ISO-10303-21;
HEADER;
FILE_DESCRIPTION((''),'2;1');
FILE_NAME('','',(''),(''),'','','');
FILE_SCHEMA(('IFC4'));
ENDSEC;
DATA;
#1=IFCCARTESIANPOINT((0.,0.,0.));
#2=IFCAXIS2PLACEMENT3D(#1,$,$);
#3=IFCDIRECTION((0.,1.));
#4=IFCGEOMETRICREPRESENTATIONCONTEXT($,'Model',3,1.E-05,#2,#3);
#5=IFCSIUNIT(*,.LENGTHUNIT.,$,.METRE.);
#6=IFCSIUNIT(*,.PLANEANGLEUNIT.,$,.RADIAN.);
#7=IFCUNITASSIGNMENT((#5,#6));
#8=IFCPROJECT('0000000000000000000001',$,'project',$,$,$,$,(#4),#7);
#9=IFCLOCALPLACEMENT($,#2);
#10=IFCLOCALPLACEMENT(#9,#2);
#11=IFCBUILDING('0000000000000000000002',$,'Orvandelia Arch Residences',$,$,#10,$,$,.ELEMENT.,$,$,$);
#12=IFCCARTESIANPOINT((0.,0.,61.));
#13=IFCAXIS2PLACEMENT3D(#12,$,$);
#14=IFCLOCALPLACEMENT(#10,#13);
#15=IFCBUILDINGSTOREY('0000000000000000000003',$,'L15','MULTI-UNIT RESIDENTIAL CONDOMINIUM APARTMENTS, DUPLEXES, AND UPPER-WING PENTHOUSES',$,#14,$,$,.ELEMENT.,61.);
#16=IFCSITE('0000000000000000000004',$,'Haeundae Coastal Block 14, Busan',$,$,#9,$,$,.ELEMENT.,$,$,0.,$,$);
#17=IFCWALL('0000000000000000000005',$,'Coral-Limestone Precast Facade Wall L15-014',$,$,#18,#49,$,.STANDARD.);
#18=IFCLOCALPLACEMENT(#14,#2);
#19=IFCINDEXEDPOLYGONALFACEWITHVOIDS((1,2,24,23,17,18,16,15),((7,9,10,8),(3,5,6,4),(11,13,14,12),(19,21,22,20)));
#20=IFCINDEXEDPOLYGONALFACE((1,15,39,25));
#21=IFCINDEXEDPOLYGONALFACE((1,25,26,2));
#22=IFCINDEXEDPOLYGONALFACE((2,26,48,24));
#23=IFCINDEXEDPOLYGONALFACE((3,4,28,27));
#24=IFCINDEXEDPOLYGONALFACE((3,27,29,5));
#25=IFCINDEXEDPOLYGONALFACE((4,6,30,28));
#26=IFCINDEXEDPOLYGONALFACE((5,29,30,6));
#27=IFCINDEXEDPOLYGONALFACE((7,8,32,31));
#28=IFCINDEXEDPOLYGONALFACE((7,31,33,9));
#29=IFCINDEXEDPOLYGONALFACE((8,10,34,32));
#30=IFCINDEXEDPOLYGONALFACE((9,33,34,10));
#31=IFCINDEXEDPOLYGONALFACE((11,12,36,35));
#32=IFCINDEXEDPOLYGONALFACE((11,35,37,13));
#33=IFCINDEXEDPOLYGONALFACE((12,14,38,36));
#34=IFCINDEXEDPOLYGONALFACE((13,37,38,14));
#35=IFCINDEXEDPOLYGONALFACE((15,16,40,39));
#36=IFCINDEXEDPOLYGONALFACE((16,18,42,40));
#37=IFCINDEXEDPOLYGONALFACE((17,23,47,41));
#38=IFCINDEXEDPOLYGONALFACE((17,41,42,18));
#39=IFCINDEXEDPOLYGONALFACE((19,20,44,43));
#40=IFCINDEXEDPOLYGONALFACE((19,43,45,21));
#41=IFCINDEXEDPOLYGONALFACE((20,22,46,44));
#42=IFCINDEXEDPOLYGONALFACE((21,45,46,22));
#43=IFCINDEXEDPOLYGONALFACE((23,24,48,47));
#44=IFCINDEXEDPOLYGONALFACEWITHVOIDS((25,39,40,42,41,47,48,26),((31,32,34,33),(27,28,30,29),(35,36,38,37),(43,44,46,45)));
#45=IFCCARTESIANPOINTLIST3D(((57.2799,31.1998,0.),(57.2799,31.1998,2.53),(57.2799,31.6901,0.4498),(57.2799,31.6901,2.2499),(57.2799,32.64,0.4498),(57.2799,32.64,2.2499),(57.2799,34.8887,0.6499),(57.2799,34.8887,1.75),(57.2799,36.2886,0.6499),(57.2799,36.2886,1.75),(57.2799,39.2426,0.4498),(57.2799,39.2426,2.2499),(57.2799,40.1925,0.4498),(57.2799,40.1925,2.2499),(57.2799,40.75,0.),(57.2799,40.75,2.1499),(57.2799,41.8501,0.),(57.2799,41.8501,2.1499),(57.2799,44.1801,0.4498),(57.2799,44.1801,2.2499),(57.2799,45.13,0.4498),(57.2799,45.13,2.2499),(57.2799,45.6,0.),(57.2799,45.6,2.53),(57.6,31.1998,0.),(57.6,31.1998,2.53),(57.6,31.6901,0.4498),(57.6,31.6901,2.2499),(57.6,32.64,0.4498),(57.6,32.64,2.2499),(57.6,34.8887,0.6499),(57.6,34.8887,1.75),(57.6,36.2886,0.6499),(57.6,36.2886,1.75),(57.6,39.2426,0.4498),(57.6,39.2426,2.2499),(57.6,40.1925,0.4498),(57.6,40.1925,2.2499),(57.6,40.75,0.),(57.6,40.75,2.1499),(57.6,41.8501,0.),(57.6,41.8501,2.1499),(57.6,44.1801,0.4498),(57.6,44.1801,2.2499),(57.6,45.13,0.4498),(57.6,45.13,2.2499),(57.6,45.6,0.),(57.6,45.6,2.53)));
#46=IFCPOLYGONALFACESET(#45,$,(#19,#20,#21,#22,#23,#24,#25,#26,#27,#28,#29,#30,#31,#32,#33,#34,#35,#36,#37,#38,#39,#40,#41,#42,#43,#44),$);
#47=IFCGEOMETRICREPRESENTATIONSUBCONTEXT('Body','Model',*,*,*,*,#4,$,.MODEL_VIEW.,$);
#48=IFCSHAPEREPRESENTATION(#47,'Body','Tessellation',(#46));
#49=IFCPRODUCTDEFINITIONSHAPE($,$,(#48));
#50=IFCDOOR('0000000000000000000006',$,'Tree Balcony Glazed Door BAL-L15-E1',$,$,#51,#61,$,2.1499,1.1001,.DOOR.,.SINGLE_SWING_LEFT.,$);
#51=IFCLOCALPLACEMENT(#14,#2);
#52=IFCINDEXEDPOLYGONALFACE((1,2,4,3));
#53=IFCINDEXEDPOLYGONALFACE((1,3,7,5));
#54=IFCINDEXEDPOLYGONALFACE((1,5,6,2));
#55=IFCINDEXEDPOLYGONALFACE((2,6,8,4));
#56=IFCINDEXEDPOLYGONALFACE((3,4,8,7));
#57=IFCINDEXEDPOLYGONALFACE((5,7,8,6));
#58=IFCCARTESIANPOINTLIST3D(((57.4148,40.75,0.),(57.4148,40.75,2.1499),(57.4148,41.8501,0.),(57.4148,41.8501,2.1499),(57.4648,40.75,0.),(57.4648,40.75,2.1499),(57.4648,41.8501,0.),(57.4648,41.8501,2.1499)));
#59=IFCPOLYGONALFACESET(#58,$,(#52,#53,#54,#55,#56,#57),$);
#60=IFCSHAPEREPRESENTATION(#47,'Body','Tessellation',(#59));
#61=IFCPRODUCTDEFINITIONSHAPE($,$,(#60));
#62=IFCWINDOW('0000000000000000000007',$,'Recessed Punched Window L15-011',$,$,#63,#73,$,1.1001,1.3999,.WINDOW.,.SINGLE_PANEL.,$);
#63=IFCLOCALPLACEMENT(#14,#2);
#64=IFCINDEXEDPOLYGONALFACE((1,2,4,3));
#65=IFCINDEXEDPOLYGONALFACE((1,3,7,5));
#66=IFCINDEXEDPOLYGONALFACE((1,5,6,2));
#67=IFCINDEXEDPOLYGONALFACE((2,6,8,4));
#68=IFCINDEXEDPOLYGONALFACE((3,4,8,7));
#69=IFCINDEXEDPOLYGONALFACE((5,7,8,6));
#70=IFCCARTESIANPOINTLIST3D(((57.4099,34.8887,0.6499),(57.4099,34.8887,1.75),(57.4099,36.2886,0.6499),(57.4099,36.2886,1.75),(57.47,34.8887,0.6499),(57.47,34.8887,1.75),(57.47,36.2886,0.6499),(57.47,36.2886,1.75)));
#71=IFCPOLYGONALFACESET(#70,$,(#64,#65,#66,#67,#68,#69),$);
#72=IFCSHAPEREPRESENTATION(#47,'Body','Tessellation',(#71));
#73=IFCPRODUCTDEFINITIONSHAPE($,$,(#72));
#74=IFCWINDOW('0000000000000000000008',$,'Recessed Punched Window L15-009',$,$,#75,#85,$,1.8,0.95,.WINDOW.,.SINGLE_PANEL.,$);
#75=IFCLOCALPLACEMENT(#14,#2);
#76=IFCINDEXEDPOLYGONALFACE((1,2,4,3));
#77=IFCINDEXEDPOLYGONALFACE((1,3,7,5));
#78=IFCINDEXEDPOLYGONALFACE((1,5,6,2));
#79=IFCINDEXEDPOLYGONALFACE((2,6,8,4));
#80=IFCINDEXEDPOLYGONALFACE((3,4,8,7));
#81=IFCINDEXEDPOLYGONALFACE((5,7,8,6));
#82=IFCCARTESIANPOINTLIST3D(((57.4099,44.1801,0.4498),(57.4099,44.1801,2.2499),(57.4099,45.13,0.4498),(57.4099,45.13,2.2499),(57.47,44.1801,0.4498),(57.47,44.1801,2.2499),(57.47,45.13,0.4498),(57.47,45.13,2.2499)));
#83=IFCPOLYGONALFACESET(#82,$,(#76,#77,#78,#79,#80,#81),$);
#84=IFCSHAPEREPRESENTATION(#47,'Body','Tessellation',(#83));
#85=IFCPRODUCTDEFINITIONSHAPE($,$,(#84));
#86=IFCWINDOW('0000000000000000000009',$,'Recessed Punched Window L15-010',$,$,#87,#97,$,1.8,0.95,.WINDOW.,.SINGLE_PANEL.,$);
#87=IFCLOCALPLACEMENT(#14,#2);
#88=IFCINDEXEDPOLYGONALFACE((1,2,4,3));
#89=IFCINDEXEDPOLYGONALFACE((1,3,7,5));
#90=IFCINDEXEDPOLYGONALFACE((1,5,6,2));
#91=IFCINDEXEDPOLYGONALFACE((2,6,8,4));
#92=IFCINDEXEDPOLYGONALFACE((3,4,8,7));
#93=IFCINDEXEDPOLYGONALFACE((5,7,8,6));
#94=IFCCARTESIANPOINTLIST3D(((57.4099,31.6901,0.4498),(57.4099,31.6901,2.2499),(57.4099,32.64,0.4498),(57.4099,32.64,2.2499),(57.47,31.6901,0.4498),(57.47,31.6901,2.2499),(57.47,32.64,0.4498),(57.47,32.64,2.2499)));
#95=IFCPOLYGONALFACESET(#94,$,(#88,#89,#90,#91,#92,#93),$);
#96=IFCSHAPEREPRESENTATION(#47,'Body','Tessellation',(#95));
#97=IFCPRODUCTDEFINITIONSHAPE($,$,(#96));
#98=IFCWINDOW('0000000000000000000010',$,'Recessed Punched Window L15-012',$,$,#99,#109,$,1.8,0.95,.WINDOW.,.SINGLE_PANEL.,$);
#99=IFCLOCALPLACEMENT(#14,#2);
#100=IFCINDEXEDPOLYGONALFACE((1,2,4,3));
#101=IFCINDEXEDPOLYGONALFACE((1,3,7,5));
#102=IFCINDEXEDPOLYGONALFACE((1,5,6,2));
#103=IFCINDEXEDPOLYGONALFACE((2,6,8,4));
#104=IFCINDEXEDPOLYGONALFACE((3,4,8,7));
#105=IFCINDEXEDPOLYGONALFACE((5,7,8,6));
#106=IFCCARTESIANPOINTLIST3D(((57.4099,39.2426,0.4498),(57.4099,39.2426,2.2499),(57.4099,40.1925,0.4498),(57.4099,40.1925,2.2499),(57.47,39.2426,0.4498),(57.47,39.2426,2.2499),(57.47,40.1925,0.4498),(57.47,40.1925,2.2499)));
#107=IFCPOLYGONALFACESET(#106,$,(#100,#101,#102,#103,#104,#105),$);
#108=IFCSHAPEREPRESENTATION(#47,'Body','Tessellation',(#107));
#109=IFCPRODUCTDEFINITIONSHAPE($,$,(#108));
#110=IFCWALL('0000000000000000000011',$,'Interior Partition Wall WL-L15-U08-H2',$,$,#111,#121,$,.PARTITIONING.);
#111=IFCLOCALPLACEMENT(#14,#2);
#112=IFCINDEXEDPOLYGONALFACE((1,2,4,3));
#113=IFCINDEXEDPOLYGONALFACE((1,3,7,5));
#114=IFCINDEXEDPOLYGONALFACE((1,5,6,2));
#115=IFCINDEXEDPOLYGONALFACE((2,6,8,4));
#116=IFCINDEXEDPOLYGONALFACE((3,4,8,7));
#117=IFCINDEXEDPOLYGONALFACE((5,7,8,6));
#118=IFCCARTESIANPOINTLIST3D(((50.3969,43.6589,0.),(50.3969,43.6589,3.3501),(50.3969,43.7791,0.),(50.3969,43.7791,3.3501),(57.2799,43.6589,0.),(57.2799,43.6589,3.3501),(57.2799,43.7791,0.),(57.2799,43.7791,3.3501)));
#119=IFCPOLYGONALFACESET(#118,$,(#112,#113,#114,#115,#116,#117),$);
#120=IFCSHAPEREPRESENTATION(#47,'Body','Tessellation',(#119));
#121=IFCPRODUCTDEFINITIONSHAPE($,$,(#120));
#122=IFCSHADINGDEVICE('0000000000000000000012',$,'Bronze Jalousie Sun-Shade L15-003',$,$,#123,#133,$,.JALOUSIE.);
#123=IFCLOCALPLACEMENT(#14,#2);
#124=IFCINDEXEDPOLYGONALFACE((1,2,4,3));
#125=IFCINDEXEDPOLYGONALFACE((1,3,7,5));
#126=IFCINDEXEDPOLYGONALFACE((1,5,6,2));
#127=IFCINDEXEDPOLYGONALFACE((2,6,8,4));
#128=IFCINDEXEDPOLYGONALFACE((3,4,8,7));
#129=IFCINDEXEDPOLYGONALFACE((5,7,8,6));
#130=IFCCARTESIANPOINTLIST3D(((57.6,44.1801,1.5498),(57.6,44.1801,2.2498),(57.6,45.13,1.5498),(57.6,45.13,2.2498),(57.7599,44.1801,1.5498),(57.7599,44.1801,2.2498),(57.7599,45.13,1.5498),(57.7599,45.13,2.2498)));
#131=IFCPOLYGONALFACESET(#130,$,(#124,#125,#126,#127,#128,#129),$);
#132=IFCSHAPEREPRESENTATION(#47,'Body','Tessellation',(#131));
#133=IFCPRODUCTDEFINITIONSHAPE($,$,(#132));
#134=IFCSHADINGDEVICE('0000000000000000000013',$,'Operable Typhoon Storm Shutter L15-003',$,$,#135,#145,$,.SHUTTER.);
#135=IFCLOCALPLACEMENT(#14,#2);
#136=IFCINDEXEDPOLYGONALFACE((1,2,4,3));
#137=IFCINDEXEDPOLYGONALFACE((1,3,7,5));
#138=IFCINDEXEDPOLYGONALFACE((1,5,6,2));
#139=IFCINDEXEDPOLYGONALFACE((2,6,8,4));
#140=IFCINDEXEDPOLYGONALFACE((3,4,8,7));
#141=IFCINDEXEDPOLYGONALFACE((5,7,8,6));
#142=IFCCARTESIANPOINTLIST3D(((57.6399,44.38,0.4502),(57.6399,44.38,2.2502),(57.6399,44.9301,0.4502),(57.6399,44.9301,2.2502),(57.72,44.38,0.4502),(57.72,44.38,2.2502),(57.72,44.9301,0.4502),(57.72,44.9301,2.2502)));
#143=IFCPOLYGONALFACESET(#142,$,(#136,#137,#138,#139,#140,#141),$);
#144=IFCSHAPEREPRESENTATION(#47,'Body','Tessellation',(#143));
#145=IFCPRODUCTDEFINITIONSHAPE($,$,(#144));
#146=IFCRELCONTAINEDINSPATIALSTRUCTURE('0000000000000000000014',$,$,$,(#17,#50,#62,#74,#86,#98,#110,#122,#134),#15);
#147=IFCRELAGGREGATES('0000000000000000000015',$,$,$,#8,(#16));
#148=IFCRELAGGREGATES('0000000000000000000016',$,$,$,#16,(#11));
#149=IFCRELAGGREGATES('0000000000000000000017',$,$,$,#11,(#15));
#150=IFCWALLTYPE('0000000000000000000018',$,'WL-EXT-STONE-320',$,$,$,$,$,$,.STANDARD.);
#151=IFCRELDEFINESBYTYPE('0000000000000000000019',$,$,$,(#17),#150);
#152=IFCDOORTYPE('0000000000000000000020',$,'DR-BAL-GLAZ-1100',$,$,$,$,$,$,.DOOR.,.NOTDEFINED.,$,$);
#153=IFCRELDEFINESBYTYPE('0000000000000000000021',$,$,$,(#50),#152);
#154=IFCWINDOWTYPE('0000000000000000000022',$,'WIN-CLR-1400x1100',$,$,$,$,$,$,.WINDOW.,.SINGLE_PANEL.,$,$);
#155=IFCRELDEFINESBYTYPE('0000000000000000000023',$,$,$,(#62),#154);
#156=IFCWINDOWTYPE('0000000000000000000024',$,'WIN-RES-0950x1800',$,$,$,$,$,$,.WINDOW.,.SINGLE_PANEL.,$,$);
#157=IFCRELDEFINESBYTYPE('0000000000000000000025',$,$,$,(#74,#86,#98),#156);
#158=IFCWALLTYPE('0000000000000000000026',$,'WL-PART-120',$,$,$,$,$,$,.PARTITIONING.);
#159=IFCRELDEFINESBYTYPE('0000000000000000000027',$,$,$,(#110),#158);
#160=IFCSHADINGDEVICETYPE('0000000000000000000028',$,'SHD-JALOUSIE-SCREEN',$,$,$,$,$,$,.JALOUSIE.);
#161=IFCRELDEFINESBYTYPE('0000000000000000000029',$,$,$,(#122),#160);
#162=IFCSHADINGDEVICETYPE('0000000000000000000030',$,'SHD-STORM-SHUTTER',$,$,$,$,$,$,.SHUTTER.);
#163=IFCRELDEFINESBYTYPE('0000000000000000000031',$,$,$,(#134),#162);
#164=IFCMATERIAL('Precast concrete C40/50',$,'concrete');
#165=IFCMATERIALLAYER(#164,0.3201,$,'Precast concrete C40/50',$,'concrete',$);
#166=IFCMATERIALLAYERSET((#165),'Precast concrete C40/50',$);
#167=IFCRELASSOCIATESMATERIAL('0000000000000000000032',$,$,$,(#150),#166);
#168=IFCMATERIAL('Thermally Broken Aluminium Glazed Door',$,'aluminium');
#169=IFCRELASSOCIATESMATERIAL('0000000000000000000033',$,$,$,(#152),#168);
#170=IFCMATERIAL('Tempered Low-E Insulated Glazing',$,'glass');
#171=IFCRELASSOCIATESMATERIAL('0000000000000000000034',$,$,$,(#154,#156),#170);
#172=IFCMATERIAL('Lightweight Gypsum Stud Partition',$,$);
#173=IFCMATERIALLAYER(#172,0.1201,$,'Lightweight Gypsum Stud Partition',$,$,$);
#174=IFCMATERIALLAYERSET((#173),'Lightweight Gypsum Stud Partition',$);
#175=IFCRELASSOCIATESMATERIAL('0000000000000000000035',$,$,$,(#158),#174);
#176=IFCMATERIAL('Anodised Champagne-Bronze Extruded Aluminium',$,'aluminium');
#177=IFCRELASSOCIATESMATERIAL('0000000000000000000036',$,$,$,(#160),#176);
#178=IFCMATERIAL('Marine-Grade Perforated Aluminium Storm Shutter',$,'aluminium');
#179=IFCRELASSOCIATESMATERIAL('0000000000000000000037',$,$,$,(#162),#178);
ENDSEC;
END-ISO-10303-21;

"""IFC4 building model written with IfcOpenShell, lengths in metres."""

from ifc_helpers import new_model, si_unit, direction, frame, frame_2d, origin, origin_2d, place, context, subcontext, project, spatial, rectangle, extrude, material, layer, layer_set, type_object, element, fill, save


model = new_model("IFC4")

# Units and contexts
model_context = context("Model", 3, precision=1e-05, world=origin(), true_north=direction((0.0, 1.0)))
body_context = subcontext(model_context, "Body", "Model", "MODEL_VIEW")
ifc_project = project(units=[si_unit("LENGTHUNIT", "METRE"), si_unit("PLANEANGLEUNIT", "RADIAN")], contexts=[model_context])

# Site, building, storey
site_placement = place(None, origin())
site = spatial("IfcSite", under=ifc_project, at=site_placement, Name="Haeundae Coastal Block 14, Busan", CompositionType="ELEMENT", RefElevation=0.0)
building_placement = place(site_placement, origin())
building = spatial("IfcBuilding", under=site, at=building_placement, Name="Orvandelia Arch Residences", CompositionType="ELEMENT")
storey_placement = place(building_placement, frame((0.0, 0.0, 61.0)))
storey = spatial("IfcBuildingStorey", under=building, at=storey_placement, Name="L15", Description="MULTI-UNIT RESIDENTIAL CONDOMINIUM APARTMENTS, DUPLEXES, AND UPPER-WING PENTHOUSES", CompositionType="ELEMENT", Elevation=61.0)

# Shared definitions
ifc_material_1 = material(Name="Precast concrete C40/50", Category="concrete")
ifc_layer_1 = layer(ifc_material_1, 0.3201, Name="Precast concrete C40/50", Category="concrete")
ifc_layer_set_1 = layer_set([ifc_layer_1], Name="Precast concrete C40/50")
wall_type_1 = type_object("IfcWallType", Name="WL-EXT-STONE-320", PredefinedType="STANDARD", material=ifc_layer_set_1)

# Wall, openings, door, windows
wall_1_placement = place(storey_placement, frame((57.4399, 45.6001, 0.0), z_axis=(0.0, 0.0, 1.0), x_axis=(0.0, -1.0, 0.0)))
wall_1 = element("IfcWall", 1, at=wall_1_placement, inside=storey, type_object=wall_type_1, Name="Coral-Limestone Precast Facade Wall L15-014", PredefinedType="STANDARD", context=body_context, shape_type="SweptSolid", body=[
    extrude(rectangle(XDim=14.4001, YDim=0.3201, at=frame_2d((7.2002, 0.0))), origin(), (0.0, 0.0, 1.0), 2.53),
])
opening_1_placement = place(wall_1_placement, frame((3.75, 0.0, 0.0)))
opening_1 = element("IfcOpeningElement", 2, at=opening_1_placement, cuts=wall_1, PredefinedType="OPENING", context=body_context, shape_type="SweptSolid", body=[
    extrude(rectangle(XDim=1.1001, YDim=2.1499, at=frame_2d((0.55, 1.075))), frame((0.0, 0.1699, 0.0), z_axis=(0.0, -1.0, 0.0), x_axis=(1.0, 0.0, 0.0)), (0.0, 0.0, 1.0), 0.3401),
])
opening_2_placement = place(wall_1_placement, frame((0.47, 0.0, 0.45)))
opening_2 = element("IfcOpeningElement", 3, at=opening_2_placement, cuts=wall_1, PredefinedType="OPENING", context=body_context, shape_type="SweptSolid", body=[
    extrude(rectangle(XDim=0.95, YDim=1.8, at=frame_2d((0.4751, 0.8999))), frame((0.0, 0.1699, 0.0), z_axis=(0.0, -1.0, 0.0), x_axis=(1.0, 0.0, 0.0)), (0.0, 0.0, 1.0), 0.3401),
])
opening_3_placement = place(wall_1_placement, frame((12.96, 0.0, 0.45)))
opening_3 = element("IfcOpeningElement", 4, at=opening_3_placement, cuts=wall_1, PredefinedType="OPENING", context=body_context, shape_type="SweptSolid", body=[
    extrude(rectangle(XDim=0.95, YDim=1.8, at=frame_2d((0.4751, 0.8999))), frame((0.0, 0.1699, 0.0), z_axis=(0.0, -1.0, 0.0), x_axis=(1.0, 0.0, 0.0)), (0.0, 0.0, 1.0), 0.3401),
])
opening_4_placement = place(wall_1_placement, frame((9.3115, 0.0, 0.6499)))
opening_4 = element("IfcOpeningElement", 5, at=opening_4_placement, cuts=wall_1, PredefinedType="OPENING", context=body_context, shape_type="SweptSolid", body=[
    extrude(rectangle(XDim=1.3999, YDim=1.1001, at=frame_2d((0.7, 0.55))), frame((0.0, 0.1699, 0.0), z_axis=(0.0, -1.0, 0.0), x_axis=(1.0, 0.0, 0.0)), (0.0, 0.0, 1.0), 0.3401),
])
opening_5_placement = place(wall_1_placement, frame((5.4075, 0.0, 0.45)))
opening_5 = element("IfcOpeningElement", 6, at=opening_5_placement, cuts=wall_1, PredefinedType="OPENING", context=body_context, shape_type="SweptSolid", body=[
    extrude(rectangle(XDim=0.95, YDim=1.8, at=frame_2d((0.4751, 0.8999))), frame((0.0, 0.1699, 0.0), z_axis=(0.0, -1.0, 0.0), x_axis=(1.0, 0.0, 0.0)), (0.0, 0.0, 1.0), 0.3401),
])
ifc_material_2 = material(Name="Thermally Broken Aluminium Glazed Door", Category="aluminium")
door_type = type_object("IfcDoorType", Name="DR-BAL-GLAZ-1100", OperationType="NOTDEFINED", PredefinedType="DOOR", material=ifc_material_2)
door_placement = place(opening_1_placement, origin())
door = element("IfcDoor", 7, at=door_placement, inside=storey, type_object=door_type, Name="Tree Balcony Glazed Door BAL-L15-E1", OperationType="SINGLE_SWING_LEFT", OverallHeight=2.1499, OverallWidth=1.1001, PredefinedType="DOOR", context=body_context, shape_type="SweptSolid", body=[
    extrude(rectangle(XDim=1.1001, YDim=2.1499, at=frame_2d((0.55, 1.075))), frame((0.0, 0.0249, 0.0), z_axis=(0.0, -1.0, 0.0), x_axis=(1.0, 0.0, 0.0)), (0.0, 0.0, 1.0), 0.05),
])
fill(opening_1, door)
ifc_material_3 = material(Name="Tempered Low-E Insulated Glazing", Category="glass")
window_type_1 = type_object("IfcWindowType", Name="WIN-CLR-1400x1100", PartitioningType="SINGLE_PANEL", PredefinedType="WINDOW", material=ifc_material_3)
window_1_placement = place(opening_4_placement, origin())
window_1 = element("IfcWindow", 8, at=window_1_placement, inside=storey, type_object=window_type_1, Name="Recessed Punched Window L15-011", OverallHeight=1.1001, OverallWidth=1.3999, PartitioningType="SINGLE_PANEL", PredefinedType="WINDOW", context=body_context, shape_type="SweptSolid", body=[
    extrude(rectangle(XDim=1.3999, YDim=1.1001, at=frame_2d((0.7, 0.55))), frame((0.0, 0.03, 0.0), z_axis=(0.0, -1.0, 0.0), x_axis=(1.0, 0.0, 0.0)), (0.0, 0.0, 1.0), 0.0601),
])
fill(opening_4, window_1)
window_type_2 = type_object("IfcWindowType", Name="WIN-RES-0950x1800", PartitioningType="SINGLE_PANEL", PredefinedType="WINDOW", material=ifc_material_3)
window_2_placement = place(opening_2_placement, origin())
window_2 = element("IfcWindow", 9, at=window_2_placement, inside=storey, type_object=window_type_2, Name="Recessed Punched Window L15-009", OverallHeight=1.8, OverallWidth=0.95, PartitioningType="SINGLE_PANEL", PredefinedType="WINDOW", context=body_context, shape_type="SweptSolid", body=[
    extrude(rectangle(XDim=0.95, YDim=1.8, at=frame_2d((0.4751, 0.8999))), frame((0.0, 0.03, 0.0), z_axis=(0.0, -1.0, 0.0), x_axis=(1.0, 0.0, 0.0)), (0.0, 0.0, 1.0), 0.0601),
])
fill(opening_2, window_2)
window_3_placement = place(opening_3_placement, origin())
window_3 = element("IfcWindow", 10, at=window_3_placement, inside=storey, type_object=window_type_2, Name="Recessed Punched Window L15-010", OverallHeight=1.8, OverallWidth=0.95, PartitioningType="SINGLE_PANEL", PredefinedType="WINDOW", context=body_context, shape_type="SweptSolid", body=[
    extrude(rectangle(XDim=0.95, YDim=1.8, at=frame_2d((0.4751, 0.8999))), frame((0.0, 0.03, 0.0), z_axis=(0.0, -1.0, 0.0), x_axis=(1.0, 0.0, 0.0)), (0.0, 0.0, 1.0), 0.0601),
])
fill(opening_3, window_3)
window_4_placement = place(opening_5_placement, origin())
window_4 = element("IfcWindow", 11, at=window_4_placement, inside=storey, type_object=window_type_2, Name="Recessed Punched Window L15-012", OverallHeight=1.8, OverallWidth=0.95, PartitioningType="SINGLE_PANEL", PredefinedType="WINDOW", context=body_context, shape_type="SweptSolid", body=[
    extrude(rectangle(XDim=0.95, YDim=1.8, at=frame_2d((0.4751, 0.8999))), frame((0.0, 0.03, 0.0), z_axis=(0.0, -1.0, 0.0), x_axis=(1.0, 0.0, 0.0)), (0.0, 0.0, 1.0), 0.0601),
])
fill(opening_5, window_4)

# Wall
ifc_material_4 = material(Name="Lightweight Gypsum Stud Partition")
ifc_layer_2 = layer(ifc_material_4, 0.1201, Name="Lightweight Gypsum Stud Partition")
ifc_layer_set_2 = layer_set([ifc_layer_2], Name="Lightweight Gypsum Stud Partition")
wall_type_2 = type_object("IfcWallType", Name="WL-PART-120", PredefinedType="PARTITIONING", material=ifc_layer_set_2)
wall_2_placement = place(storey_placement, frame((50.397, 43.719, 0.0), z_axis=(0.0, 0.0, 1.0), x_axis=(1.0, 0.0, 0.0)))
element("IfcWall", 12, at=wall_2_placement, inside=storey, type_object=wall_type_2, Name="Interior Partition Wall WL-L15-U08-H2", PredefinedType="PARTITIONING", context=body_context, shape_type="SweptSolid", body=[
    extrude(rectangle(XDim=6.8831, YDim=0.1201, at=frame_2d((3.4414, 0.0))), origin(), (0.0, 0.0, 1.0), 3.3501),
])

# Shading devices
ifc_material_5 = material(Name="Anodised Champagne-Bronze Extruded Aluminium", Category="aluminium")
shading_device_type_1 = type_object("IfcShadingDeviceType", Name="SHD-JALOUSIE-SCREEN", PredefinedType="JALOUSIE", material=ifc_material_5)
shading_device_1_placement = place(storey_placement, frame((57.6799, 44.655, 1.5498), z_axis=(0.0, 0.0, 1.0), x_axis=(0.0, -1.0, 0.0)))
element("IfcShadingDevice", 13, at=shading_device_1_placement, inside=storey, type_object=shading_device_type_1, Name="Bronze Jalousie Sun-Shade L15-003", PredefinedType="JALOUSIE", context=body_context, shape_type="SweptSolid", body=[
    extrude(rectangle(XDim=0.95, YDim=0.1599, at=origin_2d()), origin(), (0.0, 0.0, 1.0), 0.7),
])
ifc_material_6 = material(Name="Marine-Grade Perforated Aluminium Storm Shutter", Category="aluminium")
shading_device_type_2 = type_object("IfcShadingDeviceType", Name="SHD-STORM-SHUTTER", PredefinedType="SHUTTER", material=ifc_material_6)
shading_device_2_placement = place(storey_placement, frame((57.6799, 44.655, 0.4502), z_axis=(0.0, 0.0, 1.0), x_axis=(0.0, -1.0, 0.0)))
element("IfcShadingDevice", 14, at=shading_device_2_placement, inside=storey, type_object=shading_device_type_2, Name="Operable Typhoon Storm Shutter L15-003", PredefinedType="SHUTTER", context=body_context, shape_type="SweptSolid", body=[
    extrude(rectangle(XDim=0.55, YDim=0.0801, at=origin_2d()), origin(), (0.0, 0.0, 1.0), 1.8),
])

save(model, "model.ifc")
